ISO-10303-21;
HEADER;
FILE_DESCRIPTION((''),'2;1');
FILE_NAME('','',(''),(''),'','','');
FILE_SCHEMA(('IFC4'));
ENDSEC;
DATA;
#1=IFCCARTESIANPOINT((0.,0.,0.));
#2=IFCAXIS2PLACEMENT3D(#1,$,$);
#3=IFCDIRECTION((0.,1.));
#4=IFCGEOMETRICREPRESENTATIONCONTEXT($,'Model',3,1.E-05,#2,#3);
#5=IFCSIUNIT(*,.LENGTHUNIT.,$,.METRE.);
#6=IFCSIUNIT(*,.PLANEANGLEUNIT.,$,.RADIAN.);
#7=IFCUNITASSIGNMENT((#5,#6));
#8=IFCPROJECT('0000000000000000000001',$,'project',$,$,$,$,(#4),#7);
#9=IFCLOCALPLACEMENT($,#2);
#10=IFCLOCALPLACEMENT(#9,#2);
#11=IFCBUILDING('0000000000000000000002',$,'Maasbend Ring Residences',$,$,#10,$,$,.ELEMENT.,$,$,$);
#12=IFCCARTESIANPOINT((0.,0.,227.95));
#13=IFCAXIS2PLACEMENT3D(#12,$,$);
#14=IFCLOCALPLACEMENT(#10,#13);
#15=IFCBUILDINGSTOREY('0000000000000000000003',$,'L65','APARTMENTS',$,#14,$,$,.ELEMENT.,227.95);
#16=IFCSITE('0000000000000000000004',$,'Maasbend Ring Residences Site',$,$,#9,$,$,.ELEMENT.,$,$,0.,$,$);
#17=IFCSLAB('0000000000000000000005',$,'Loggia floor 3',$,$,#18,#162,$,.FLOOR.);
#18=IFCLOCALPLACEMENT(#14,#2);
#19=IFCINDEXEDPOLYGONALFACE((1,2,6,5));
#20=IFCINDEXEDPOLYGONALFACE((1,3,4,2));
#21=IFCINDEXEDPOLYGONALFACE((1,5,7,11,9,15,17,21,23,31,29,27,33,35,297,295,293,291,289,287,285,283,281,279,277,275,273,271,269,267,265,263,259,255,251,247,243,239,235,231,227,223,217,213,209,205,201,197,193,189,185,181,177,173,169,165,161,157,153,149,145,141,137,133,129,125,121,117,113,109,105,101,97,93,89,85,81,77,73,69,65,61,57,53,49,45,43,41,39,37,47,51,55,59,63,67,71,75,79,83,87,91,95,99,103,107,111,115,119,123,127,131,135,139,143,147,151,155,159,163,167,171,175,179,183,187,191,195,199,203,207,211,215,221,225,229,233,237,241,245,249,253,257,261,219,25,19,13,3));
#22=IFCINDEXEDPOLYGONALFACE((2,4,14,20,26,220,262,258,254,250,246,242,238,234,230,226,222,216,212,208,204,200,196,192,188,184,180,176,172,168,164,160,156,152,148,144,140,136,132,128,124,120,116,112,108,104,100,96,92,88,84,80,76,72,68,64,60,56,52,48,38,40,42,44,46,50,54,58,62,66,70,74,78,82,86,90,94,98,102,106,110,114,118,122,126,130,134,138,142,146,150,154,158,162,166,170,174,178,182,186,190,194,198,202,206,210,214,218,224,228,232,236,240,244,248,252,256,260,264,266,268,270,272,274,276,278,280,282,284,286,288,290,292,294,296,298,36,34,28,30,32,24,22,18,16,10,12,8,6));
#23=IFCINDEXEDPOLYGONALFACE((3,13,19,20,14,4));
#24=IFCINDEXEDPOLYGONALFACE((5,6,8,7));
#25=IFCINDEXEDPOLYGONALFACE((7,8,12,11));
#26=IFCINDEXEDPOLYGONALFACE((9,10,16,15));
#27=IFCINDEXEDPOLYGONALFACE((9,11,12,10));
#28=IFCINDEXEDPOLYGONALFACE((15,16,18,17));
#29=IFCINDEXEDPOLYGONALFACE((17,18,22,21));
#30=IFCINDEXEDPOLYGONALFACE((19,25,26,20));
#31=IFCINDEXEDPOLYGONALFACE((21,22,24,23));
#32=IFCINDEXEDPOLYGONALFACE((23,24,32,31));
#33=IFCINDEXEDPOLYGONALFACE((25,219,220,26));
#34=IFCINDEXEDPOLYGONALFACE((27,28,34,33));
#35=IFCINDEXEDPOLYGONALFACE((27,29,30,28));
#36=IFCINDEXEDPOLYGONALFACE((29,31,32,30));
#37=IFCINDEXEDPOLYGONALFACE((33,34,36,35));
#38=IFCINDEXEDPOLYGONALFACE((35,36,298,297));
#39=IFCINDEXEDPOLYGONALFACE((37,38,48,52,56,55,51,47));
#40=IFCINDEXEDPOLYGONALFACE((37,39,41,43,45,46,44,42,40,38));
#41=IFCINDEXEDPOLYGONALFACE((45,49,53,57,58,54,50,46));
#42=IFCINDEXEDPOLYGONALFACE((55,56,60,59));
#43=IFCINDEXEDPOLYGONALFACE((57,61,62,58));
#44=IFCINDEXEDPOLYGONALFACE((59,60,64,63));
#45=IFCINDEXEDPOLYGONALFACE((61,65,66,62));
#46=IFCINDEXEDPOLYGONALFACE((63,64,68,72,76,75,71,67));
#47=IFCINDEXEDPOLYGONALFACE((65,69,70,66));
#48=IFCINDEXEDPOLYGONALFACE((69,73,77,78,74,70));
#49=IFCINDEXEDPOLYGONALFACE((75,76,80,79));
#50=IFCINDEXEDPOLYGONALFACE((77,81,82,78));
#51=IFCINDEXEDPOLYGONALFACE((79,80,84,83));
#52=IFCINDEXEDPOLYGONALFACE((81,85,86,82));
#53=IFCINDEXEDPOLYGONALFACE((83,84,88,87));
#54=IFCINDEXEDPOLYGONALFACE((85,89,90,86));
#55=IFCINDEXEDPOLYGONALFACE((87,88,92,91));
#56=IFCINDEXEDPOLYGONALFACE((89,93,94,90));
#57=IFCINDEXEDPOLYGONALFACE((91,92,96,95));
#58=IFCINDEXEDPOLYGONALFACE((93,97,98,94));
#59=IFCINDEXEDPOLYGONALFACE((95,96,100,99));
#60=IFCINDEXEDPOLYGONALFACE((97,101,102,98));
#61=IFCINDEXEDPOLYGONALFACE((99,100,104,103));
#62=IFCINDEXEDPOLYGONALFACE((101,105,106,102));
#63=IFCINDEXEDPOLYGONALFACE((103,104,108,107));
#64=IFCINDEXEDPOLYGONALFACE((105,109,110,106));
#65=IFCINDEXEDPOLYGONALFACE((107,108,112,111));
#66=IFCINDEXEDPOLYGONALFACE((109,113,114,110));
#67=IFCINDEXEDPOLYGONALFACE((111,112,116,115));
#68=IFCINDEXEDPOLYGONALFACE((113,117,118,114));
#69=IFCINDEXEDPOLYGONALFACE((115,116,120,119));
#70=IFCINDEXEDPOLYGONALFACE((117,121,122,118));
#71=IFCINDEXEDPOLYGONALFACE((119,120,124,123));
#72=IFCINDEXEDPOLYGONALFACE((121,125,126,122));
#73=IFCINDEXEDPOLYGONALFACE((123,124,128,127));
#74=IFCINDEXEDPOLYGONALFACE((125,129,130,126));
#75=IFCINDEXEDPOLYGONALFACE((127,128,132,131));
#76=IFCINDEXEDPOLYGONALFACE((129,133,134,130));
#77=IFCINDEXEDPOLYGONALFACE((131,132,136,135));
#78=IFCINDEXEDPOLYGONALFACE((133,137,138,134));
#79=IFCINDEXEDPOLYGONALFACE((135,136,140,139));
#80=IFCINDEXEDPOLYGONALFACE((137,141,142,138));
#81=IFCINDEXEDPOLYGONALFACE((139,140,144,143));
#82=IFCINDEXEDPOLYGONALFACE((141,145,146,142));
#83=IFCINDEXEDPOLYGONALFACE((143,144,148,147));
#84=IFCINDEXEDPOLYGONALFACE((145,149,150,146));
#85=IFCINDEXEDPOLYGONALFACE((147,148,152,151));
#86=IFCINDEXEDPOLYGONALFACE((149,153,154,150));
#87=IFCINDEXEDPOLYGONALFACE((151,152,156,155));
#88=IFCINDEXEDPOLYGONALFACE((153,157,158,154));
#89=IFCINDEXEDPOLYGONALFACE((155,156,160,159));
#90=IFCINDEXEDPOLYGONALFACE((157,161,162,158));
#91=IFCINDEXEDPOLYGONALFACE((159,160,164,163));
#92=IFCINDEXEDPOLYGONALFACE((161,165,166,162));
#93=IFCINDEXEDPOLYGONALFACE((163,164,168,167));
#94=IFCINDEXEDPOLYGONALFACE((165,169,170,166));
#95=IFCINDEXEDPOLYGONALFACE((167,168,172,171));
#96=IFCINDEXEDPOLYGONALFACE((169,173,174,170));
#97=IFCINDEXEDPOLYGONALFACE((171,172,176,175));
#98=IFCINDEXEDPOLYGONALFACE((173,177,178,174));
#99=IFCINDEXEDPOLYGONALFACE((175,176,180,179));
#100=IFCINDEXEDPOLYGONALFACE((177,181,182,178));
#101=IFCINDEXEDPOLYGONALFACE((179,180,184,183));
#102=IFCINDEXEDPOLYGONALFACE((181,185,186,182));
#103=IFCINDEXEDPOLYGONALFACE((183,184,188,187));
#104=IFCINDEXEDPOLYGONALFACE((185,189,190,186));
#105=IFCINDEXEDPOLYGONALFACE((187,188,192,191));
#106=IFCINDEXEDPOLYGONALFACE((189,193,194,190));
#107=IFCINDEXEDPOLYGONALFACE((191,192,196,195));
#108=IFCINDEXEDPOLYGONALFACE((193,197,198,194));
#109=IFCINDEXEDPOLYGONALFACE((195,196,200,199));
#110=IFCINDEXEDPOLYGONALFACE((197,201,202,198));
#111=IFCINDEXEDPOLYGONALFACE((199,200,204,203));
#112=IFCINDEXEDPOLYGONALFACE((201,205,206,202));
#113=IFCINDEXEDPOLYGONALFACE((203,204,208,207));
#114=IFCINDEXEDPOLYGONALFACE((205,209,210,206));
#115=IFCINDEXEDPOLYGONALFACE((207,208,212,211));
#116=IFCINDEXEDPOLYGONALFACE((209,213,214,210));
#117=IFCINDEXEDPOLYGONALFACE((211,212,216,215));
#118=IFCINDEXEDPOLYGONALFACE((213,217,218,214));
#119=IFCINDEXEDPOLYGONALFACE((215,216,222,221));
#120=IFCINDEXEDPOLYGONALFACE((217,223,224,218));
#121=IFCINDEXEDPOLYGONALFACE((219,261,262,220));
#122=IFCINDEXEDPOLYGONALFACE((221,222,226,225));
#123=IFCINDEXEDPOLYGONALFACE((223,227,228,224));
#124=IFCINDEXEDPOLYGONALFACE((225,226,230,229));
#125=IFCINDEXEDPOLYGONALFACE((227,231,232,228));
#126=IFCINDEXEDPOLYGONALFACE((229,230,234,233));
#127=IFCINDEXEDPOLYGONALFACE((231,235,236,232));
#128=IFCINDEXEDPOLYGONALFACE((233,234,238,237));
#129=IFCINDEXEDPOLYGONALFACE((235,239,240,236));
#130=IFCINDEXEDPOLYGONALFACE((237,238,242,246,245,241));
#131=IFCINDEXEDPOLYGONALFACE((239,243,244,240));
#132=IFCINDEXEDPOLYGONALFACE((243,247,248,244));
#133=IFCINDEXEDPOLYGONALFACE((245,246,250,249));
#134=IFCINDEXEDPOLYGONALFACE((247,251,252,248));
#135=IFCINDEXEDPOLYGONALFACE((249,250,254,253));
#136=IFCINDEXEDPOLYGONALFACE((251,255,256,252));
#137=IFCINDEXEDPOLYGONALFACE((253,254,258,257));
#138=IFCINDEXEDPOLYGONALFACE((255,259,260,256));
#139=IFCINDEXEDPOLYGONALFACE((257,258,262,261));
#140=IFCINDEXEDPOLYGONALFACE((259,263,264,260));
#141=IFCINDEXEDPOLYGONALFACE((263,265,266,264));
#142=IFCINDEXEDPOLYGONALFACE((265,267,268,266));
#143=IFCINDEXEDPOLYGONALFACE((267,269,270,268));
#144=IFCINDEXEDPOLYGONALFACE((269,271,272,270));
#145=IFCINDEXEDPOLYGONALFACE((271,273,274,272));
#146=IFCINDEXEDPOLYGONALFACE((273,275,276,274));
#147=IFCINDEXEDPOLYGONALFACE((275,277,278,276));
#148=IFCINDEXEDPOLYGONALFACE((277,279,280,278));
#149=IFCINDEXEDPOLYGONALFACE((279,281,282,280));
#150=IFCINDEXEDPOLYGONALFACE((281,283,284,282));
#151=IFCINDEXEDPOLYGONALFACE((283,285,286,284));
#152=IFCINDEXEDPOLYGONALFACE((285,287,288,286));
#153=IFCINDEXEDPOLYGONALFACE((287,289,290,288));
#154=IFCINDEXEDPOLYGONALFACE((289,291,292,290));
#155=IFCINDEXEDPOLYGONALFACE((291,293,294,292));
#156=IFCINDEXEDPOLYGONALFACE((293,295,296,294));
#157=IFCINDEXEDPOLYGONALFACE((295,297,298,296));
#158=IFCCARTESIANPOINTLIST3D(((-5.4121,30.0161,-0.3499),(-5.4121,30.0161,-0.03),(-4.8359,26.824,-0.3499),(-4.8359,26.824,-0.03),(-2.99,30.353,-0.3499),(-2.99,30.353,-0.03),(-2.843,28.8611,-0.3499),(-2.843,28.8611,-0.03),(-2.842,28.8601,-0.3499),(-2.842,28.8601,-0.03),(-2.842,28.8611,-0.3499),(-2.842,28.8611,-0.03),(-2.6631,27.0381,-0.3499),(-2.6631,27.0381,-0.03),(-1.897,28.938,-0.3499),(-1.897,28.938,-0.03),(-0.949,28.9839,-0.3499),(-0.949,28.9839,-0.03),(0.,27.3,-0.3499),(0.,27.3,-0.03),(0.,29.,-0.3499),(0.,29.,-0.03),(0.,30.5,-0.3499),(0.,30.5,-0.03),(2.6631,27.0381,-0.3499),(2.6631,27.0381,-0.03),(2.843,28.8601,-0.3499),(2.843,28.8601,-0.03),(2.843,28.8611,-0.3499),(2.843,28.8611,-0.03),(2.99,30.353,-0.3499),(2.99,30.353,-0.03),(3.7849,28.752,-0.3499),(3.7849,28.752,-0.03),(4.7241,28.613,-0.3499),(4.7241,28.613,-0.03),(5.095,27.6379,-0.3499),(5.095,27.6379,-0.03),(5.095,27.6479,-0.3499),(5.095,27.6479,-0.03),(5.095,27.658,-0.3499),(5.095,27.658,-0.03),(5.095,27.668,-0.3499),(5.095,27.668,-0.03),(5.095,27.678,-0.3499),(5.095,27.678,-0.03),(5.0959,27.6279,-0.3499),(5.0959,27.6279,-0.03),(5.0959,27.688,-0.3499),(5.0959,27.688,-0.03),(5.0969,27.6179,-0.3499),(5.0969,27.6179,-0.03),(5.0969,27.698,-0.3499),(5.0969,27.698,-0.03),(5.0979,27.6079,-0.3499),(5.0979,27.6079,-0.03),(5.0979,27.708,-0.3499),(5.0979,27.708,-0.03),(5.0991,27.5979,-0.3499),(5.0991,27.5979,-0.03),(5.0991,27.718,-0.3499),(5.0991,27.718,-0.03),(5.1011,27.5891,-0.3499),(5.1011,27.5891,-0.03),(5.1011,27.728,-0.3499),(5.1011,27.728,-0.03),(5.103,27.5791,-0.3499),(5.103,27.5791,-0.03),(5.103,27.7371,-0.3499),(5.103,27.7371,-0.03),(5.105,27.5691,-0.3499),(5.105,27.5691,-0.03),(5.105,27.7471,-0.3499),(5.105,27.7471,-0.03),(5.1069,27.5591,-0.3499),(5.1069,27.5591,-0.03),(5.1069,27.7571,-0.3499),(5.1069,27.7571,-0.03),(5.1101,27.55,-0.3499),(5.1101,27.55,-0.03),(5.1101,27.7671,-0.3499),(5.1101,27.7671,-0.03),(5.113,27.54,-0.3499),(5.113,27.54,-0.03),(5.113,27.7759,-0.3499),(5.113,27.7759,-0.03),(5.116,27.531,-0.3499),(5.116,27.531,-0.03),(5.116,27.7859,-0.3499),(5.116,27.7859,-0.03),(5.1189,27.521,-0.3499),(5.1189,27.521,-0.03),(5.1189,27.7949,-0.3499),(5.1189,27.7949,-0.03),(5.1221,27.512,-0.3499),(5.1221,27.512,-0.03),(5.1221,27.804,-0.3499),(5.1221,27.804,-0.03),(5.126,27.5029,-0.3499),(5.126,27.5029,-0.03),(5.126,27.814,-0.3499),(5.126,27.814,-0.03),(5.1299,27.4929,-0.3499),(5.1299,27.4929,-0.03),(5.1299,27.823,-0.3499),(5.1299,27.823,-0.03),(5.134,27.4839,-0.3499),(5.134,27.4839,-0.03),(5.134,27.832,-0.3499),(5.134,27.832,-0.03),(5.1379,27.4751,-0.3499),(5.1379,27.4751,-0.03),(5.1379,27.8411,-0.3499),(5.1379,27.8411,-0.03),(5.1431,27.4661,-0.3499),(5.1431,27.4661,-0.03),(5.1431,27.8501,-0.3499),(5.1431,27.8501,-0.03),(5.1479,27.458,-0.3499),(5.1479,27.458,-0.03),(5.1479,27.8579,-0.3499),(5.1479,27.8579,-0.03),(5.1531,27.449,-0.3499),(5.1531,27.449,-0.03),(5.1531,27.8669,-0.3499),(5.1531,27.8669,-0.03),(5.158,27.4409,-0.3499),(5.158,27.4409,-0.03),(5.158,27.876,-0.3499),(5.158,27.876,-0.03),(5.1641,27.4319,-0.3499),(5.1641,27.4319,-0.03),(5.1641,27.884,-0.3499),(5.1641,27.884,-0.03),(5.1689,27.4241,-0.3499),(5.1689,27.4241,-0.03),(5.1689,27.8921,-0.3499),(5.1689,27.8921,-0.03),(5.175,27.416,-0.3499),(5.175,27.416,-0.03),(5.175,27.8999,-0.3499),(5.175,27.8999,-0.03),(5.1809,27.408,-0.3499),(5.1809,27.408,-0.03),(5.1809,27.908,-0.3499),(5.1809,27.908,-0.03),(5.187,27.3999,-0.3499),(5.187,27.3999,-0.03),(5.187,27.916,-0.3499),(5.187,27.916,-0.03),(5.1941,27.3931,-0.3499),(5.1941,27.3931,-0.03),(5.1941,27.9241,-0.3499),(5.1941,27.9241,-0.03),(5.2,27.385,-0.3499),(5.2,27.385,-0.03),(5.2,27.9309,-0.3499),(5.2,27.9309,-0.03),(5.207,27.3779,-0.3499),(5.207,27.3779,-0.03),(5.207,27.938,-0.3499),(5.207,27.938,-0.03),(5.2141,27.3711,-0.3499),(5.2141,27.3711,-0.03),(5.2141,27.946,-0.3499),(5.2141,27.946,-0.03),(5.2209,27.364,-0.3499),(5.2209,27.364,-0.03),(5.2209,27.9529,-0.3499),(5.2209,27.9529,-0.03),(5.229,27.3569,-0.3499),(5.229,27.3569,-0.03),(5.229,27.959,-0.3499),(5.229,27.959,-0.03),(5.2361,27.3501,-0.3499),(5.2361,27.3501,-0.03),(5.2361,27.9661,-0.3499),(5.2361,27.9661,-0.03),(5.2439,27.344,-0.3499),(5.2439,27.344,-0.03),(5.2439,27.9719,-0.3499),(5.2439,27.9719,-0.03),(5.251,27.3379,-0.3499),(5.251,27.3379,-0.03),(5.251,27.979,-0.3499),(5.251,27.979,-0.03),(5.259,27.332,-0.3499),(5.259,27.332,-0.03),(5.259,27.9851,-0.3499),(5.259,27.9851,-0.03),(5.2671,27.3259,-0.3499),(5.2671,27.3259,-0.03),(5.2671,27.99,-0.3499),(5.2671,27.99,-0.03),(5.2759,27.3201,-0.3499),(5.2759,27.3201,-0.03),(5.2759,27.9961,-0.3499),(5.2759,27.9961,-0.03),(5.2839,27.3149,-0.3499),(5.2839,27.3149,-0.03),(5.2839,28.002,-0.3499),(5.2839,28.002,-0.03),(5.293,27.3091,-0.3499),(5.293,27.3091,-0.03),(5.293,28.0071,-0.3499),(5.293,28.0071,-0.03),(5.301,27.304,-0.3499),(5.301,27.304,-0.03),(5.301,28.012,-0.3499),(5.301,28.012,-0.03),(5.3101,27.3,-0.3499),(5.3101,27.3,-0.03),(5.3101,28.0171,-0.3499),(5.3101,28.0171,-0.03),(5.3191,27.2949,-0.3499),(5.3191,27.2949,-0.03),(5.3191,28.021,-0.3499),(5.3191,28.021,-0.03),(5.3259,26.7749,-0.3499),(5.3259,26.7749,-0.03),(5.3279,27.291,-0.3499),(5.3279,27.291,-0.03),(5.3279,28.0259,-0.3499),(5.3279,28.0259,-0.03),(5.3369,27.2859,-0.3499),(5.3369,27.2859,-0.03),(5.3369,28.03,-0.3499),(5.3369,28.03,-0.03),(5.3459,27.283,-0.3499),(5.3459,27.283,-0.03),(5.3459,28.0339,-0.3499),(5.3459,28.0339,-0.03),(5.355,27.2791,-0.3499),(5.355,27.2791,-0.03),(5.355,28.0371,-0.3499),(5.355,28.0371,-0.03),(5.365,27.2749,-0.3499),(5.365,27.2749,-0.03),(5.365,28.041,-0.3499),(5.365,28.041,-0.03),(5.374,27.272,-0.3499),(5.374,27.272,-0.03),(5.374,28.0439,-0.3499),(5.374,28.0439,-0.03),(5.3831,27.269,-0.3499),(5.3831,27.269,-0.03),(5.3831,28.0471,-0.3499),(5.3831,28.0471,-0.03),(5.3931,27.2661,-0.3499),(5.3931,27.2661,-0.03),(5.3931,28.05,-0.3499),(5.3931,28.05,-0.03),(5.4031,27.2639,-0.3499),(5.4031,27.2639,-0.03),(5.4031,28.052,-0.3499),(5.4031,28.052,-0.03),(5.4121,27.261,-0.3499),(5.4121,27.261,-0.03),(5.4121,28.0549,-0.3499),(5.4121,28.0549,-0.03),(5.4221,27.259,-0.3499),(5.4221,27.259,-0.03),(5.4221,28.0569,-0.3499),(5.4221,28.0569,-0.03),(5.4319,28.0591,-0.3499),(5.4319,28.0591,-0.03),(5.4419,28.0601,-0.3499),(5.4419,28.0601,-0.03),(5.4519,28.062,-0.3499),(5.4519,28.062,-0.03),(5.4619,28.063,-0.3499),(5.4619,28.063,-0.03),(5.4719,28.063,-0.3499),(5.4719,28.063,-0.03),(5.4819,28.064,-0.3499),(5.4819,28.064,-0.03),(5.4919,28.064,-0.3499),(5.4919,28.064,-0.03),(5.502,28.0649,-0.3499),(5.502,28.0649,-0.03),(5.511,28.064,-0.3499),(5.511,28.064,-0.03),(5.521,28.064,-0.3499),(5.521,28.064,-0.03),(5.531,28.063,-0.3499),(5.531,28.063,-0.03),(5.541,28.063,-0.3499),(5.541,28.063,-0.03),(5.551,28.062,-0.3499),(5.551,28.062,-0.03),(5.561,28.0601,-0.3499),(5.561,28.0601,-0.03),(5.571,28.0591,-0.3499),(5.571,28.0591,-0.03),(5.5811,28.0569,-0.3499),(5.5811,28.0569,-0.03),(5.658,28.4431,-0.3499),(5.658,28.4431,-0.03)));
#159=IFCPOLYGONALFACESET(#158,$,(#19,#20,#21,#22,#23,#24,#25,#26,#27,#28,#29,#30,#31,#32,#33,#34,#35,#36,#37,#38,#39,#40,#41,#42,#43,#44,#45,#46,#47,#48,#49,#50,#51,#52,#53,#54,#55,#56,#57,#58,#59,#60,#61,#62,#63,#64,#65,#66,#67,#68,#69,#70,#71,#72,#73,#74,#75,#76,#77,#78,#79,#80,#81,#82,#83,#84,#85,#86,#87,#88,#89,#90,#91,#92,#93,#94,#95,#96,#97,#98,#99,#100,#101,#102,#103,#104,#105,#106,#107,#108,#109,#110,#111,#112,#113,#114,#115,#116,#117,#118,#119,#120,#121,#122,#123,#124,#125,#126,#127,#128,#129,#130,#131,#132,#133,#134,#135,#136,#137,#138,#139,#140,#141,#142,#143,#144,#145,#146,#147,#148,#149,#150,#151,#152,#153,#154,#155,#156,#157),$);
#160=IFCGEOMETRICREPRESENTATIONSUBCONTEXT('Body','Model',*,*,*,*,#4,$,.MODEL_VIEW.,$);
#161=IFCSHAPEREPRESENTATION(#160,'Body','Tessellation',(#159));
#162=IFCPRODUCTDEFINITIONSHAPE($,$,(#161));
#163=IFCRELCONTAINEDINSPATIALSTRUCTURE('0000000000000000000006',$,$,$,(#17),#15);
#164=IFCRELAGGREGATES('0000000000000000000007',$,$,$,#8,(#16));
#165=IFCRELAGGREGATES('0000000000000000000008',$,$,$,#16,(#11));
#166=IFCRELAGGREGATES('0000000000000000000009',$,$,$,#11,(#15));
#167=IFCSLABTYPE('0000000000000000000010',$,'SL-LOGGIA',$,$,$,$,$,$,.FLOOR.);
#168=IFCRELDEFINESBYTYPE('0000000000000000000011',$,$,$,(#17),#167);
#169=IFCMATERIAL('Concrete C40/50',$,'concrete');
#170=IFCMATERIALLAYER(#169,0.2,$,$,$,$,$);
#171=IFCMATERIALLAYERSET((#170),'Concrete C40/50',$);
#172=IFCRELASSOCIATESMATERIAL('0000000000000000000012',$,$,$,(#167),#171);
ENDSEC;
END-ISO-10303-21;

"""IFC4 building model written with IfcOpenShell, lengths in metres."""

from ifc_helpers import new_model, si_unit, direction, frame, origin, place, context, subcontext, project, spatial, polyline, outline, extrude, material, layer, layer_set, type_object, element, save


model = new_model("IFC4")

# Units and contexts
model_context = context("Model", 3, precision=1e-05, world=origin(), true_north=direction((0.0, 1.0)))
body_context = subcontext(model_context, "Body", "Model", "MODEL_VIEW")
ifc_project = project(units=[si_unit("LENGTHUNIT", "METRE"), si_unit("PLANEANGLEUNIT", "RADIAN")], contexts=[model_context])

# Site, building, storey
site_placement = place(None, origin())
site = spatial("IfcSite", under=ifc_project, at=site_placement, Name="Maasbend Ring Residences Site", CompositionType="ELEMENT", RefElevation=0.0)
building_placement = place(site_placement, origin())
building = spatial("IfcBuilding", under=site, at=building_placement, Name="Maasbend Ring Residences", CompositionType="ELEMENT")
storey_placement = place(building_placement, frame((0.0, 0.0, 227.95)))
storey = spatial("IfcBuildingStorey", under=building, at=storey_placement, Name="L65", Description="APARTMENTS", CompositionType="ELEMENT", Elevation=227.95)

# Slab
ifc_material_1 = material(Name="Concrete C40/50", Category="concrete")
ifc_layer_1 = layer(ifc_material_1, 0.2)
ifc_layer_set_1 = layer_set([ifc_layer_1], Name="Concrete C40/50")
slab_type = type_object("IfcSlabType", Name="SL-LOGGIA", PredefinedType="FLOOR", material=ifc_layer_set_1)
slab_1_placement = place(storey_placement, frame((0.0, 0.0, -0.3499)))
element("IfcSlab", 1, at=slab_1_placement, inside=storey, type_object=slab_type, Name="Loggia floor 3", PredefinedType="FLOOR", context=body_context, shape_type="SweptSolid", body=[
    extrude(outline(polyline([(-2.843, 28.8611), (-2.843, 28.8611), (-2.843, 28.8611), (-2.843, 28.8611), (-2.842, 28.8611), (-2.842, 28.8611), (-2.842, 28.8611), (-2.842, 28.8611), (-2.842, 28.8611), (-2.842, 28.8601), (-2.842, 28.8601), (-2.842, 28.8601), (-2.842, 28.8601), (-2.842, 28.8601), (-2.842, 28.8601), (-2.842, 28.8601), (-2.842, 28.8601), (-1.897, 28.938), (-1.897, 28.938), (-0.949, 28.9839), (-0.949, 28.9839), (0.0, 29.0), (0.0, 29.0), (0.0, 29.0), (0.0, 29.0), (0.0, 29.0), (0.0, 29.0), (0.0, 29.0), (0.0, 29.0), (0.0, 29.0), (0.0, 29.0), (0.0, 29.0), (0.0, 29.0), (0.0, 29.0), (0.0, 29.0), (0.0, 29.0), (0.0, 29.0), (0.0, 29.0), (0.0, 30.5), (0.0, 30.5), (0.0, 30.5), (2.99, 30.353), (2.99, 30.353), (2.99, 30.353), (2.843, 28.8611), (2.843, 28.8611), (2.843, 28.8611), (2.843, 28.8611), (2.843, 28.8611), (2.843, 28.8611), (2.843, 28.8611), (2.843, 28.8611), (2.843, 28.8601), (2.843, 28.8601), (2.843, 28.8601), (2.843, 28.8601), (2.843, 28.8601), (2.843, 28.8601), (2.843, 28.8601), (2.843, 28.8601), (2.843, 28.8601), (3.7849, 28.752), (3.7849, 28.752), (4.7241, 28.613), (4.7241, 28.613), (5.658, 28.4431), (5.658, 28.4431), (5.658, 28.4431), (5.5811, 28.0569), (5.5811, 28.0569), (5.571, 28.0591), (5.561, 28.0601), (5.551, 28.062), (5.541, 28.063), (5.531, 28.063), (5.521, 28.064), (5.511, 28.064), (5.502, 28.0649), (5.4919, 28.064), (5.4819, 28.064), (5.4719, 28.063), (5.4619, 28.063), (5.4519, 28.062), (5.4419, 28.0601), (5.4319, 28.0591), (5.4221, 28.0569), (5.4121, 28.0549), (5.4031, 28.052), (5.3931, 28.05), (5.3831, 28.0471), (5.374, 28.0439), (5.365, 28.041), (5.355, 28.0371), (5.3459, 28.0339), (5.3369, 28.03), (5.3279, 28.0259), (5.3191, 28.021), (5.3101, 28.0171), (5.301, 28.012), (5.293, 28.0071), (5.2839, 28.002), (5.2759, 27.9961), (5.2671, 27.99), (5.259, 27.9851), (5.251, 27.979), (5.2439, 27.9719), (5.2361, 27.9661), (5.229, 27.959), (5.2209, 27.9529), (5.2141, 27.946), (5.207, 27.938), (5.2, 27.9309), (5.1941, 27.9241), (5.187, 27.916), (5.1809, 27.908), (5.175, 27.8999), (5.1689, 27.8921), (5.1641, 27.884), (5.158, 27.876), (5.1531, 27.8669), (5.1479, 27.8579), (5.1431, 27.8501), (5.1379, 27.8411), (5.134, 27.832), (5.1299, 27.823), (5.126, 27.814), (5.1221, 27.804), (5.1189, 27.7949), (5.116, 27.7859), (5.113, 27.7759), (5.1101, 27.7671), (5.1069, 27.7571), (5.105, 27.7471), (5.103, 27.7371), (5.1011, 27.728), (5.0991, 27.718), (5.0979, 27.708), (5.0969, 27.698), (5.0959, 27.688), (5.095, 27.678), (5.095, 27.668), (5.095, 27.658), (5.095, 27.6479), (5.095, 27.6379), (5.0959, 27.6279), (5.0969, 27.6179), (5.0979, 27.6079), (5.0991, 27.5979), (5.1011, 27.5891), (5.103, 27.5791), (5.105, 27.5691), (5.1069, 27.5591), (5.1101, 27.55), (5.113, 27.54), (5.116, 27.531), (5.1189, 27.521), (5.1221, 27.512), (5.126, 27.5029), (5.1299, 27.4929), (5.134, 27.4839), (5.1379, 27.4751), (5.1431, 27.4661), (5.1479, 27.458), (5.1531, 27.449), (5.158, 27.4409), (5.1641, 27.4319), (5.1689, 27.4241), (5.175, 27.416), (5.1809, 27.408), (5.187, 27.3999), (5.1941, 27.3931), (5.2, 27.385), (5.207, 27.3779), (5.2141, 27.3711), (5.2209, 27.364), (5.229, 27.3569), (5.2361, 27.3501), (5.2439, 27.344), (5.251, 27.3379), (5.259, 27.332), (5.2671, 27.3259), (5.2759, 27.3201), (5.2839, 27.3149), (5.293, 27.3091), (5.301, 27.304), (5.3101, 27.3), (5.3191, 27.2949), (5.3279, 27.291), (5.3369, 27.2859), (5.3459, 27.283), (5.355, 27.2791), (5.365, 27.2749), (5.374, 27.272), (5.3831, 27.269), (5.3931, 27.2661), (5.4031, 27.2639), (5.4121, 27.261), (5.4221, 27.259), (5.4221, 27.259), (5.3259, 26.7749), (5.3259, 26.7749), (5.3259, 26.7749), (2.6631, 27.0381), (0.0, 27.3), (0.0, 27.3), (0.0, 27.3), (-2.6631, 27.0381), (-4.8359, 26.824), (-4.8359, 26.824), (-4.8359, 26.824), (-5.4121, 30.0161), (-5.4121, 30.0161), (-5.4121, 30.0161), (-2.99, 30.353), (-2.99, 30.353), (-2.99, 30.353), (-2.843, 28.8611)])), origin(), (0.0, 0.0, 1.0), 0.3198),
])

save(model, "model.ifc")
